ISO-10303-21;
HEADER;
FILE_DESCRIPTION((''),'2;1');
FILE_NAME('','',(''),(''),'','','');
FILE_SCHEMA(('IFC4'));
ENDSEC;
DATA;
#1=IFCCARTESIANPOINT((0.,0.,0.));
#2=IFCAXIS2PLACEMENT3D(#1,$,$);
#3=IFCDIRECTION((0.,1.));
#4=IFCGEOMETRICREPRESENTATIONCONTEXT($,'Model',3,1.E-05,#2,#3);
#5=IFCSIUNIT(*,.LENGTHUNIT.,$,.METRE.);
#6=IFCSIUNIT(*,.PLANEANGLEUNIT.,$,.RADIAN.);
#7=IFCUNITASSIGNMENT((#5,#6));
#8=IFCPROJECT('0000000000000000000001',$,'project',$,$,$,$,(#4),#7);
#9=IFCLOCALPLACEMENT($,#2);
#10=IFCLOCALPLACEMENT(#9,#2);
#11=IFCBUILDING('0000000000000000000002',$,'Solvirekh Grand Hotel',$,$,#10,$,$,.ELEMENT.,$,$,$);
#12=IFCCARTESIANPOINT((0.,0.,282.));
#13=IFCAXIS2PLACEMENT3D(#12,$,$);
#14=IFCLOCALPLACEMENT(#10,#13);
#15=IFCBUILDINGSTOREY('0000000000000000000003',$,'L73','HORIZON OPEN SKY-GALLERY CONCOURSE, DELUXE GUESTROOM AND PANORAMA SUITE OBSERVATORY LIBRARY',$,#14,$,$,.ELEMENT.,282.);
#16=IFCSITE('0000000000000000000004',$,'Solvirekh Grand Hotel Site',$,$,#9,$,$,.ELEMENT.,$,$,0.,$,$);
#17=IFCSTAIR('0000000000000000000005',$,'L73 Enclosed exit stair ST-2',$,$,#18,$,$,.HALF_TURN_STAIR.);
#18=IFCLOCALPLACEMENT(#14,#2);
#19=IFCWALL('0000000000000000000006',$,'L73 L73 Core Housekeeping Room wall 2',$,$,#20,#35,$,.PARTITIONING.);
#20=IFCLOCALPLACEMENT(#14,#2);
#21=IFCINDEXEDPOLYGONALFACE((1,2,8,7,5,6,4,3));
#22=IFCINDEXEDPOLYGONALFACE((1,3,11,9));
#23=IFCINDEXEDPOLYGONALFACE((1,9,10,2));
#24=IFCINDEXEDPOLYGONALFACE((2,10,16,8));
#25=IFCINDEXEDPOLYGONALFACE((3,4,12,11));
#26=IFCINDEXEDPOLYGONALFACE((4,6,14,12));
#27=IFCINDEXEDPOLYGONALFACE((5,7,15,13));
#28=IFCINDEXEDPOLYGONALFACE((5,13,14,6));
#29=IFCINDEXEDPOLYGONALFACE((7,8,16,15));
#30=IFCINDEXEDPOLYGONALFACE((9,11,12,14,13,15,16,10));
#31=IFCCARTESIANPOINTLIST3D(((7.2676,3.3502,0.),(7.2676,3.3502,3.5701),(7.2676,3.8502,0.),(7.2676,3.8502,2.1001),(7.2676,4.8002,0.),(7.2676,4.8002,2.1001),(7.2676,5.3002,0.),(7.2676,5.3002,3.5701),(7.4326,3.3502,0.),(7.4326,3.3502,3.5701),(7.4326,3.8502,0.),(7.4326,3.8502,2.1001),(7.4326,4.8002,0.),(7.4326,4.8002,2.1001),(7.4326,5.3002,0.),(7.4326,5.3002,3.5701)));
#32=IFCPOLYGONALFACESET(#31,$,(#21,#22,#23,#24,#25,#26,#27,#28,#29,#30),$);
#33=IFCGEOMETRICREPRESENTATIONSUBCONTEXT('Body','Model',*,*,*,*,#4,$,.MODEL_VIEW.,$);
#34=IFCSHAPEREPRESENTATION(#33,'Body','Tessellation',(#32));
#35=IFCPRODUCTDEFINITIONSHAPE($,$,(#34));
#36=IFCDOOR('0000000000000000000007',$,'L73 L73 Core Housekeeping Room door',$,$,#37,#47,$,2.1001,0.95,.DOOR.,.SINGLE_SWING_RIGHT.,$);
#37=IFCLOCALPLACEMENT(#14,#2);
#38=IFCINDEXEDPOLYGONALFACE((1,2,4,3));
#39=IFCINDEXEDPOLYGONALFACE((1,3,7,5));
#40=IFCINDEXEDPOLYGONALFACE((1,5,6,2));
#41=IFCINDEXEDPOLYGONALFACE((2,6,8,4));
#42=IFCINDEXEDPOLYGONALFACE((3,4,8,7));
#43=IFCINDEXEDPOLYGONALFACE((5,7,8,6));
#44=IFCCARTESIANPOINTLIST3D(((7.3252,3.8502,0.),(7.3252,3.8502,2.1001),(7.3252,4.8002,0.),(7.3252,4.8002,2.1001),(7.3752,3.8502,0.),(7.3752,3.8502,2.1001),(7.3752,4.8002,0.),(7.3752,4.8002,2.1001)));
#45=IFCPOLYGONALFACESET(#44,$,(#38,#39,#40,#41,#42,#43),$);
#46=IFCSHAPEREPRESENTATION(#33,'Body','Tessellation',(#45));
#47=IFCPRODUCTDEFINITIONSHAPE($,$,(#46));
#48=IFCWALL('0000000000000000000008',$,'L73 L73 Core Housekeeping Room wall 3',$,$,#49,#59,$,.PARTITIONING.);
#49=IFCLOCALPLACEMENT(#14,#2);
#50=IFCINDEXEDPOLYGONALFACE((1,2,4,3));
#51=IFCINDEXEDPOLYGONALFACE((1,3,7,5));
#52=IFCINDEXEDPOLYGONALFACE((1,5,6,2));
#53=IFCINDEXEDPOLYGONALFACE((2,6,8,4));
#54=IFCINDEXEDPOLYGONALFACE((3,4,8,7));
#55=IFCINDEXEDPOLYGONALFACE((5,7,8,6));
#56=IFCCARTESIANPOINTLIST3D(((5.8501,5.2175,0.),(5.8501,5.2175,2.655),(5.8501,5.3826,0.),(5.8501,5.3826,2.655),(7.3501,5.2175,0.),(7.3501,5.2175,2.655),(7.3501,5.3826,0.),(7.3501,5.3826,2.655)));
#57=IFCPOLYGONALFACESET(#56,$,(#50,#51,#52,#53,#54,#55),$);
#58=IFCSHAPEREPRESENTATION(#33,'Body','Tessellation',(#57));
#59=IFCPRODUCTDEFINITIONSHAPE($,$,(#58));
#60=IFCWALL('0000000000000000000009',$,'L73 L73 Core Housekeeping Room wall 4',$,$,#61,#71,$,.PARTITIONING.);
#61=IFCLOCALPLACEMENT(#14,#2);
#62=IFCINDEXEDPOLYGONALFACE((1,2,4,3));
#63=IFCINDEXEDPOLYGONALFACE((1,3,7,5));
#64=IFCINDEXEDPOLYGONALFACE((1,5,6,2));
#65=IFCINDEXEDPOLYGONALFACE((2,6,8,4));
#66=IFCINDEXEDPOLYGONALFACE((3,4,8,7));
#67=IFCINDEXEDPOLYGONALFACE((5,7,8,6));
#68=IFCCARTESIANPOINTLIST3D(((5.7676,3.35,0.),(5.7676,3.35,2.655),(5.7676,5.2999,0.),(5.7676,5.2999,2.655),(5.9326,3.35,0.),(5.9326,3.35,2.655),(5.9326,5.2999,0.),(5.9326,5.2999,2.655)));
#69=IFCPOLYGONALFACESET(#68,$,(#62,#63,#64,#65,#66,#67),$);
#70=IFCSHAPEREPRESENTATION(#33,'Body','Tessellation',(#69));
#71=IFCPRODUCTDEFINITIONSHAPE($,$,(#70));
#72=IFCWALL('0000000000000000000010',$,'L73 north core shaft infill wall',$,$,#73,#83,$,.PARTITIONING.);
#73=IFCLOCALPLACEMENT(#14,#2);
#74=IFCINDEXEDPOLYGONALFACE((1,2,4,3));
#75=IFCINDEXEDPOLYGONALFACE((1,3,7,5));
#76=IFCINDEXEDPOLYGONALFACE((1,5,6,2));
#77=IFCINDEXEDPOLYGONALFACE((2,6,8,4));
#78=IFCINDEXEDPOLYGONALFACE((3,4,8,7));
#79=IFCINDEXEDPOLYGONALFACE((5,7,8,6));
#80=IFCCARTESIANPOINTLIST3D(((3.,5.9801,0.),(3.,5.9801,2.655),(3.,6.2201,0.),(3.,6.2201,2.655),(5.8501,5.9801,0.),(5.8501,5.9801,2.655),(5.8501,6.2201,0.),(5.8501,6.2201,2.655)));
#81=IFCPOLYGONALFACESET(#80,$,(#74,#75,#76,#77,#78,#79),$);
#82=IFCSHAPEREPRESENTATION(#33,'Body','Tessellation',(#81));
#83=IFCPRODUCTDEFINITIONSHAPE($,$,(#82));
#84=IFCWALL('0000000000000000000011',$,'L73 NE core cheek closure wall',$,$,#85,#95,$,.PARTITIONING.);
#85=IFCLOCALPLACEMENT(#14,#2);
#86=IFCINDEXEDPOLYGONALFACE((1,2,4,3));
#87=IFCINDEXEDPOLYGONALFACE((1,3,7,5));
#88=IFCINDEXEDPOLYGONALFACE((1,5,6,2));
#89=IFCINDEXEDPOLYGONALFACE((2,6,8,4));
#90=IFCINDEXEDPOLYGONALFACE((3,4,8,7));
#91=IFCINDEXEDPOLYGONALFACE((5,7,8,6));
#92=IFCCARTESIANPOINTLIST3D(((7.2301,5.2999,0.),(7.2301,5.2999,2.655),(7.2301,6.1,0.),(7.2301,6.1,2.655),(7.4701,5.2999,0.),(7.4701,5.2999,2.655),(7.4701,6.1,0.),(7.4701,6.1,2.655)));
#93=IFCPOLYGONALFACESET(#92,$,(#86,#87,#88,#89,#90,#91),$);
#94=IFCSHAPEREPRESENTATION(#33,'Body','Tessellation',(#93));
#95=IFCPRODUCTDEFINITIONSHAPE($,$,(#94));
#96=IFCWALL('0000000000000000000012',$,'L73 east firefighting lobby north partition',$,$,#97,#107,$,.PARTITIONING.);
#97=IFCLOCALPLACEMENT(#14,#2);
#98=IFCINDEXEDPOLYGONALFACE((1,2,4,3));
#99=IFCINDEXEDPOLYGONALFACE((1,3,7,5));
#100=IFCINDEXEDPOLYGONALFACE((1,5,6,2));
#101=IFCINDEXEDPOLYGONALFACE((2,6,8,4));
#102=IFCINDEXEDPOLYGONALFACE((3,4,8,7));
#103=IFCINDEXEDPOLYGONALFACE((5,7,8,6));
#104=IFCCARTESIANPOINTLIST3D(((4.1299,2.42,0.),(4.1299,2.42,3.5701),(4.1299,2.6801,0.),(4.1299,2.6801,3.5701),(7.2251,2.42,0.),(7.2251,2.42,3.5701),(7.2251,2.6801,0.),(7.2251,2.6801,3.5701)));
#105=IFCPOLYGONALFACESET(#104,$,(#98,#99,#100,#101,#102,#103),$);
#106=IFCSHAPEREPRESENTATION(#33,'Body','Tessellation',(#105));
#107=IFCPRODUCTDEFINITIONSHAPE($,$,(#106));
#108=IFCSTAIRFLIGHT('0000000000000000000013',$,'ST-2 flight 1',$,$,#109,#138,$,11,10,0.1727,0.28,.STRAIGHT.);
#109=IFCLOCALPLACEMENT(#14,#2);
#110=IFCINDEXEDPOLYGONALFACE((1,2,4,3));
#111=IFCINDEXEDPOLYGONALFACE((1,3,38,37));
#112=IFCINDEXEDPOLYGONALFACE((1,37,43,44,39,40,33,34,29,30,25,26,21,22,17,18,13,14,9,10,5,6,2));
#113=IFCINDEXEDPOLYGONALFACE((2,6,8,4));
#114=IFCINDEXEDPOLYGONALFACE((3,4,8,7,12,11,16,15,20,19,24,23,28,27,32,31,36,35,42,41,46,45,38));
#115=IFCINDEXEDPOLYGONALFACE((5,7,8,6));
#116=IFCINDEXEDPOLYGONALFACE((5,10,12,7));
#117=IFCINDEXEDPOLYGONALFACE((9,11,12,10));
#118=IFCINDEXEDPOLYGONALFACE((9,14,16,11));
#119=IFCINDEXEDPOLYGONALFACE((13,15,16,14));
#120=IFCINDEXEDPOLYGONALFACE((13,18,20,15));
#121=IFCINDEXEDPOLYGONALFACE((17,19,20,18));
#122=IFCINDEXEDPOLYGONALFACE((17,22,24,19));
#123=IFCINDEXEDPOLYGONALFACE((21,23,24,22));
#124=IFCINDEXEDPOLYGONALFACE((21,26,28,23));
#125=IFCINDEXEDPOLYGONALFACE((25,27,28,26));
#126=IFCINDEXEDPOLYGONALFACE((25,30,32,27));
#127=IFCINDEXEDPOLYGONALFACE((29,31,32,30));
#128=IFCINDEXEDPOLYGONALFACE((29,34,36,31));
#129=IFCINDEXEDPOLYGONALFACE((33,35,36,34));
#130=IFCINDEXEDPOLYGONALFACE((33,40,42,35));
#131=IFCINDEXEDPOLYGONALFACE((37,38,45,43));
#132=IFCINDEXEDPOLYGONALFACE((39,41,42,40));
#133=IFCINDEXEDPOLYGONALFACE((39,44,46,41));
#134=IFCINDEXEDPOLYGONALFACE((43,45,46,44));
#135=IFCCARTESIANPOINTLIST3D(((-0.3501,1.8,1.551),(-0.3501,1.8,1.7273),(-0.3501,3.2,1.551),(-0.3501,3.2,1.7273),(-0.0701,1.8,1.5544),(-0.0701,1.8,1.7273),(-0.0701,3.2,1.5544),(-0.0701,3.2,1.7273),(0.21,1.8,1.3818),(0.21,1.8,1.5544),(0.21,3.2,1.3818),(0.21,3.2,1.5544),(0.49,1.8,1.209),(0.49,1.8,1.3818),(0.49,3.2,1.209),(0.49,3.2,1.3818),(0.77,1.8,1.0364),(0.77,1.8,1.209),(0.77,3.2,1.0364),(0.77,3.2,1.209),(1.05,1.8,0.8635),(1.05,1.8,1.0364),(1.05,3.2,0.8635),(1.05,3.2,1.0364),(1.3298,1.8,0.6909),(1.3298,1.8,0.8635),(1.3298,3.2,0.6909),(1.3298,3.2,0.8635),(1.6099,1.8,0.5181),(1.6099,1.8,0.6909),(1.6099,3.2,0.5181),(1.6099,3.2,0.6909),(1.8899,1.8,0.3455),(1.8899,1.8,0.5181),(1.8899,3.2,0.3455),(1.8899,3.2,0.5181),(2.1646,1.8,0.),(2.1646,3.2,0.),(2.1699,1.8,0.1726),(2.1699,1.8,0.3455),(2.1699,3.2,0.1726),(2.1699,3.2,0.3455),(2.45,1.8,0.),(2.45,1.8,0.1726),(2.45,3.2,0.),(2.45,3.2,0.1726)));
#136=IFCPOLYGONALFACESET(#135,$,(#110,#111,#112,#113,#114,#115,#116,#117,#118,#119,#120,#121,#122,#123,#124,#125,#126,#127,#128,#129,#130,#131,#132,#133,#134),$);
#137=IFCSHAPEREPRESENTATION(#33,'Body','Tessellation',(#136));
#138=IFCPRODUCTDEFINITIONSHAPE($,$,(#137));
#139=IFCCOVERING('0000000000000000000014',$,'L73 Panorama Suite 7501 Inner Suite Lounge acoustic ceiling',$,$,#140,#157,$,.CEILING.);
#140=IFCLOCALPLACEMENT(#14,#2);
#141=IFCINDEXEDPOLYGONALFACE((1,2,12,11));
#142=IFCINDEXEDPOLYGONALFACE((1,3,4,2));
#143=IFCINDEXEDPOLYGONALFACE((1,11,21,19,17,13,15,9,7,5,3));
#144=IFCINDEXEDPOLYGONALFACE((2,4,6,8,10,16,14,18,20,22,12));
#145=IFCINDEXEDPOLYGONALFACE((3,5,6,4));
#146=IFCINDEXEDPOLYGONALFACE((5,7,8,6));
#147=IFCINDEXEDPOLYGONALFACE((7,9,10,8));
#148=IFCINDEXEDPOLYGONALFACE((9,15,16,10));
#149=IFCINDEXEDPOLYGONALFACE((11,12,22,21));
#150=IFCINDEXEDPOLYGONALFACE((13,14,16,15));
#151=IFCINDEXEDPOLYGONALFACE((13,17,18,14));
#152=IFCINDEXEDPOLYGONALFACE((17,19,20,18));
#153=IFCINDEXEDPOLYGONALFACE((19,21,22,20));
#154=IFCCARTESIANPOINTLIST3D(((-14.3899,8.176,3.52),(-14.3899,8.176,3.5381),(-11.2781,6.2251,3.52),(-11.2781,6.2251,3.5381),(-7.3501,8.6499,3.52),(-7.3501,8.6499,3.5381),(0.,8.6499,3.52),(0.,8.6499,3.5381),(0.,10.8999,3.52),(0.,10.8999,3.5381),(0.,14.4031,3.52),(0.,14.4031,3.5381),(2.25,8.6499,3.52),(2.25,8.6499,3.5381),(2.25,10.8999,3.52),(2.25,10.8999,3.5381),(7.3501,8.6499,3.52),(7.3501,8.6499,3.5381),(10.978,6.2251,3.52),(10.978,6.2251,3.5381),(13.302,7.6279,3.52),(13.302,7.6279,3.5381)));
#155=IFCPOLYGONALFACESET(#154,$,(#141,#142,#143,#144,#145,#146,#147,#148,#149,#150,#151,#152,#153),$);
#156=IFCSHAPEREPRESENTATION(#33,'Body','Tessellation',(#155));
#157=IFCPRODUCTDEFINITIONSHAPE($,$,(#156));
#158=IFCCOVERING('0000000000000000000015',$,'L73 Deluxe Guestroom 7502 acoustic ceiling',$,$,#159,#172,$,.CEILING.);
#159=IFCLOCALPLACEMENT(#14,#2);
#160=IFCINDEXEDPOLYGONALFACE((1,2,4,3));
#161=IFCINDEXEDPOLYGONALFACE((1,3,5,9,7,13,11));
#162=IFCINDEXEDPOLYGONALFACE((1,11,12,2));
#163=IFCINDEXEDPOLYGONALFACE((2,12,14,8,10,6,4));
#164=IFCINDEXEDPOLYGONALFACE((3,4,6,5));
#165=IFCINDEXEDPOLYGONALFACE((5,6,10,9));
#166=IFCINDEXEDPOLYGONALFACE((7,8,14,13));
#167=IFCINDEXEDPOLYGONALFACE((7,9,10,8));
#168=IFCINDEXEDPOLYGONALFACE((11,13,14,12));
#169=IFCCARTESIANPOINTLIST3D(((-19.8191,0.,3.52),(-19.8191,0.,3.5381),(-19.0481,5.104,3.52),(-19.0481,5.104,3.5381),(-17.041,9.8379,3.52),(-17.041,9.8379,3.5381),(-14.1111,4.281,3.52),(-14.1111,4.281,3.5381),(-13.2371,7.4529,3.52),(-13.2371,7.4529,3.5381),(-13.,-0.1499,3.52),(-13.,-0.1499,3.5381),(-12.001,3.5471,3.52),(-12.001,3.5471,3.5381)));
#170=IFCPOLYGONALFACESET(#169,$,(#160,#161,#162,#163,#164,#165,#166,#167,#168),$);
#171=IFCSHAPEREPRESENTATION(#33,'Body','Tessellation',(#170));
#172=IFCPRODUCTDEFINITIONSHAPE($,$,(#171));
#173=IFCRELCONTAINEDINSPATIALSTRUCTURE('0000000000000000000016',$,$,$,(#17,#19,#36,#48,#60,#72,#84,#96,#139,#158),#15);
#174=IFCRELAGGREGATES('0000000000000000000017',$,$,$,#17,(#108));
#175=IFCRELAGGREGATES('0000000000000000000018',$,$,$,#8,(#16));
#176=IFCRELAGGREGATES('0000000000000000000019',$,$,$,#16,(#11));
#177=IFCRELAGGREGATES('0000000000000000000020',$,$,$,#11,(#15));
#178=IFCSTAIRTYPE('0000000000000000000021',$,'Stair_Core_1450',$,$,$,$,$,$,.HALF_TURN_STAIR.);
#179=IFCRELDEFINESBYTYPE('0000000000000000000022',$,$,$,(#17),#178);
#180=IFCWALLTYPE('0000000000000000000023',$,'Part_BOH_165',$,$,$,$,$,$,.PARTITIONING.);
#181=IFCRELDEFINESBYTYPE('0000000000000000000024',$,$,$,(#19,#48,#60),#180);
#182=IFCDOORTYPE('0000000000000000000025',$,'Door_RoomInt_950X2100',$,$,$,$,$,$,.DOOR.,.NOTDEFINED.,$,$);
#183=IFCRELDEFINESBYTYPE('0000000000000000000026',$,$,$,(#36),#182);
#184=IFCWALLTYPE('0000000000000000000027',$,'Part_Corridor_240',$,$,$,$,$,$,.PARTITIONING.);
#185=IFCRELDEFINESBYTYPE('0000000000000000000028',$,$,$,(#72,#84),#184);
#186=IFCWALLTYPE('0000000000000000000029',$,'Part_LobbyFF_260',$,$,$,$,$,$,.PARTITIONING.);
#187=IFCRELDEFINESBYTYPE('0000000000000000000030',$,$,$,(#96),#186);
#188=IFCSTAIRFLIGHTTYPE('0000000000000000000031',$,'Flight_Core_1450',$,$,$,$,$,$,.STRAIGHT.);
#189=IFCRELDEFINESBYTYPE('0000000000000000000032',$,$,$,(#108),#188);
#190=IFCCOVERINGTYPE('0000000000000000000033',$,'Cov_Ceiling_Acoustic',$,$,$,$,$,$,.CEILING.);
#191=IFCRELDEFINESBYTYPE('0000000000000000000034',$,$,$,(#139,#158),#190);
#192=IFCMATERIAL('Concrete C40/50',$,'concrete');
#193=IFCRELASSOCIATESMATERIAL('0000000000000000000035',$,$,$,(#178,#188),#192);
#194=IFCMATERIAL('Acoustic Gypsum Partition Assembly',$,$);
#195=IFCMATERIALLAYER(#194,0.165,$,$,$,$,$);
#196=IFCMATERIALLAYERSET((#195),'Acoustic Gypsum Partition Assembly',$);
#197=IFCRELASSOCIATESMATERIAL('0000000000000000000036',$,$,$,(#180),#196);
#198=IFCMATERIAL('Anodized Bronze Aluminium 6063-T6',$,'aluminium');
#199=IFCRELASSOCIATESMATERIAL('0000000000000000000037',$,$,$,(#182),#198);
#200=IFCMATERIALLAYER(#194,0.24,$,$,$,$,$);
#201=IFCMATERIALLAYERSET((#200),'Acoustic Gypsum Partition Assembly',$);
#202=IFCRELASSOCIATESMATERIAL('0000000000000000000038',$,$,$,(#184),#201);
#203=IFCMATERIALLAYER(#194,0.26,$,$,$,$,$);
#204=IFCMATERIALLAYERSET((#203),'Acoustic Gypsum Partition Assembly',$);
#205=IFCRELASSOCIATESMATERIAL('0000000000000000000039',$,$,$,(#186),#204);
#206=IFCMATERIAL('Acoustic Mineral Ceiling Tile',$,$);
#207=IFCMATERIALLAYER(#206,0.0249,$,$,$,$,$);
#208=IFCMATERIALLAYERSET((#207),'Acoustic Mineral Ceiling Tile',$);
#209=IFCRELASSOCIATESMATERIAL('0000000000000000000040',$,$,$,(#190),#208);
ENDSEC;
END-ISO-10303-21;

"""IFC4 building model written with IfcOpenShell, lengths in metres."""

from ifc_helpers import new_model, si_unit, direction, frame, frame_2d, origin, place, context, subcontext, project, spatial, polyline, rectangle, outline, extrude, material, layer, layer_set, type_object, element, fill, aggregate, save


model = new_model("IFC4")

# Units and contexts
model_context = context("Model", 3, precision=1e-05, world=origin(), true_north=direction((0.0, 1.0)))
body_context = subcontext(model_context, "Body", "Model", "MODEL_VIEW")
ifc_project = project(units=[si_unit("LENGTHUNIT", "METRE"), si_unit("PLANEANGLEUNIT", "RADIAN")], contexts=[model_context])

# Site, building, storey
site_placement = place(None, origin())
site = spatial("IfcSite", under=ifc_project, at=site_placement, Name="Solvirekh Grand Hotel Site", CompositionType="ELEMENT", RefElevation=0.0)
building_placement = place(site_placement, origin())
building = spatial("IfcBuilding", under=site, at=building_placement, Name="Solvirekh Grand Hotel", CompositionType="ELEMENT")
storey_placement = place(building_placement, frame((0.0, 0.0, 282.0)))
storey = spatial("IfcBuildingStorey", under=building, at=storey_placement, Name="L73", Description="HORIZON OPEN SKY-GALLERY CONCOURSE, DELUXE GUESTROOM AND PANORAMA SUITE OBSERVATORY LIBRARY", CompositionType="ELEMENT", Elevation=282.0)

# Stair
ifc_material_1 = material(Name="Concrete C40/50", Category="concrete")
stair_type = type_object("IfcStairType", Name="Stair_Core_1450", PredefinedType="HALF_TURN_STAIR", material=ifc_material_1)
stair_1_placement = place(storey_placement, origin())
stair_1 = element("IfcStair", 1, at=stair_1_placement, inside=storey, type_object=stair_type, Name="L73 Enclosed exit stair ST-2", PredefinedType="HALF_TURN_STAIR")

# Shared definitions
ifc_material_2 = material(Name="Acoustic Gypsum Partition Assembly")
ifc_layer_1 = layer(ifc_material_2, 0.165)
ifc_layer_set_1 = layer_set([ifc_layer_1], Name="Acoustic Gypsum Partition Assembly")
wall_type_1 = type_object("IfcWallType", Name="Part_BOH_165", PredefinedType="PARTITIONING", material=ifc_layer_set_1)

# Wall, opening, door
wall_1_placement = place(storey_placement, frame((7.3501, 3.3501, 0.0), z_axis=(0.0, 0.0, 1.0), x_axis=(0.0, 1.0, 0.0)))
wall_1 = element("IfcWall", 2, at=wall_1_placement, inside=storey, type_object=wall_type_1, Name="L73 L73 Core Housekeeping Room wall 2", PredefinedType="PARTITIONING", context=body_context, shape_type="SweptSolid", body=[
    extrude(rectangle(XDim=1.95, YDim=0.165, at=frame_2d((0.9751, 0.0))), origin(), (0.0, 0.0, 1.0), 3.5701),
])
opening_1_placement = place(wall_1_placement, frame((0.5, 0.0, 0.0)))
opening_1 = element("IfcOpeningElement", 3, at=opening_1_placement, cuts=wall_1, PredefinedType="OPENING", context=body_context, shape_type="SweptSolid", body=[
    extrude(rectangle(XDim=0.95, YDim=2.1001, at=frame_2d((0.4751, 1.05))), frame((0.0, 0.0925, 0.0), z_axis=(0.0, -1.0, 0.0), x_axis=(1.0, 0.0, 0.0)), (0.0, 0.0, 1.0), 0.1851),
])
ifc_material_3 = material(Name="Anodized Bronze Aluminium 6063-T6", Category="aluminium")
door_type_1 = type_object("IfcDoorType", Name="Door_RoomInt_950X2100", OperationType="NOTDEFINED", PredefinedType="DOOR", material=ifc_material_3)
door_1_placement = place(opening_1_placement, origin())
door_1 = element("IfcDoor", 4, at=door_1_placement, inside=storey, type_object=door_type_1, Name="L73 L73 Core Housekeeping Room door", OperationType="SINGLE_SWING_RIGHT", OverallHeight=2.1001, OverallWidth=0.95, PredefinedType="DOOR", context=body_context, shape_type="SweptSolid", body=[
    extrude(rectangle(XDim=0.95, YDim=2.1001, at=frame_2d((0.4751, 1.05))), frame((0.0, 0.0249, 0.0), z_axis=(0.0, -1.0, 0.0), x_axis=(1.0, 0.0, 0.0)), (0.0, 0.0, 1.0), 0.05),
])
fill(opening_1, door_1)

# Walls
wall_2_placement = place(storey_placement, frame((7.3501, 5.3, 0.0), z_axis=(0.0, 0.0, 1.0), x_axis=(-1.0, 0.0, 0.0)))
element("IfcWall", 5, at=wall_2_placement, inside=storey, type_object=wall_type_1, Name="L73 L73 Core Housekeeping Room wall 3", PredefinedType="PARTITIONING", context=body_context, shape_type="SweptSolid", body=[
    extrude(rectangle(XDim=1.5, YDim=0.165, at=frame_2d((0.75, 0.0))), origin(), (0.0, 0.0, 1.0), 2.655),
])
wall_3_placement = place(storey_placement, frame((5.8501, 5.3, 0.0), z_axis=(0.0, 0.0, 1.0), x_axis=(0.0, -1.0, 0.0)))
element("IfcWall", 6, at=wall_3_placement, inside=storey, type_object=wall_type_1, Name="L73 L73 Core Housekeeping Room wall 4", PredefinedType="PARTITIONING", context=body_context, shape_type="SweptSolid", body=[
    extrude(rectangle(XDim=1.95, YDim=0.165, at=frame_2d((0.9751, 0.0))), origin(), (0.0, 0.0, 1.0), 2.655),
])
ifc_layer_2 = layer(ifc_material_2, 0.24)
ifc_layer_set_2 = layer_set([ifc_layer_2], Name="Acoustic Gypsum Partition Assembly")
wall_type_2 = type_object("IfcWallType", Name="Part_Corridor_240", PredefinedType="PARTITIONING", material=ifc_layer_set_2)
wall_4_placement = place(storey_placement, frame((3.0, 6.1001, 0.0), z_axis=(0.0, 0.0, 1.0), x_axis=(1.0, 0.0, 0.0)))
element("IfcWall", 7, at=wall_4_placement, inside=storey, type_object=wall_type_2, Name="L73 north core shaft infill wall", PredefinedType="PARTITIONING", context=body_context, shape_type="SweptSolid", body=[
    extrude(rectangle(XDim=2.8501, YDim=0.24, at=frame_2d((1.425, 0.0))), origin(), (0.0, 0.0, 1.0), 2.655),
])
wall_5_placement = place(storey_placement, frame((7.3501, 5.3, 0.0), z_axis=(0.0, 0.0, 1.0), x_axis=(0.0, 1.0, 0.0)))
element("IfcWall", 8, at=wall_5_placement, inside=storey, type_object=wall_type_2, Name="L73 NE core cheek closure wall", PredefinedType="PARTITIONING", context=body_context, shape_type="SweptSolid", body=[
    extrude(rectangle(XDim=0.8, YDim=0.24, at=frame_2d((0.3999, 0.0))), origin(), (0.0, 0.0, 1.0), 2.655),
])
ifc_layer_3 = layer(ifc_material_2, 0.26)
ifc_layer_set_3 = layer_set([ifc_layer_3], Name="Acoustic Gypsum Partition Assembly")
wall_type_3 = type_object("IfcWallType", Name="Part_LobbyFF_260", PredefinedType="PARTITIONING", material=ifc_layer_set_3)
wall_6_placement = place(storey_placement, frame((4.1299, 2.55, 0.0), z_axis=(0.0, 0.0, 1.0), x_axis=(1.0, 0.0, 0.0)))
element("IfcWall", 9, at=wall_6_placement, inside=storey, type_object=wall_type_3, Name="L73 east firefighting lobby north partition", PredefinedType="PARTITIONING", context=body_context, shape_type="SweptSolid", body=[
    extrude(rectangle(XDim=3.0952, YDim=0.26, at=frame_2d((1.5476, 0.0))), origin(), (0.0, 0.0, 1.0), 3.5701),
])

# Stair flight
stair_flight_type = type_object("IfcStairFlightType", Name="Flight_Core_1450", PredefinedType="STRAIGHT", material=ifc_material_1)
stair_flight_placement = place(storey_placement, frame((2.45, 2.5, 0.0), z_axis=(0.0, 0.0, 1.0), x_axis=(-1.0, 0.0, 0.0)))
stair_flight = element("IfcStairFlight", 10, at=stair_flight_placement, type_object=stair_flight_type, Name="ST-2 flight 1", NumberOfRisers=11, NumberOfTreads=10, PredefinedType="STRAIGHT", RiserHeight=0.1727, TreadLength=0.28, context=body_context, shape_type="SweptSolid", body=[
    extrude(outline(polyline([(0.0, 0.0), (0.0, 0.1726), (0.28, 0.1726), (0.28, 0.3455), (0.5601, 0.3455), (0.5601, 0.5181), (0.8401, 0.5181), (0.8401, 0.6909), (1.1201, 0.6909), (1.1201, 0.8635), (1.3999, 0.8635), (1.3999, 1.0364), (1.6799, 1.0364), (1.6799, 1.209), (1.96, 1.209), (1.96, 1.3818), (2.24, 1.3818), (2.24, 1.5544), (2.52, 1.5544), (2.52, 1.7273), (2.8, 1.7273), (2.8, 1.8999), (2.8, 1.551), (0.2854, 0.0), (0.0, 0.0)])), frame((0.0, 0.7, 0.0), z_axis=(0.0, -1.0, 0.0), x_axis=(1.0, 0.0, 0.0)), (0.0, 0.0, 1.0), 1.3999),
])
aggregate(stair_1, [stair_flight])

# Coverings
ifc_material_4 = material(Name="Acoustic Mineral Ceiling Tile")
ifc_layer_4 = layer(ifc_material_4, 0.0249)
ifc_layer_set_4 = layer_set([ifc_layer_4], Name="Acoustic Mineral Ceiling Tile")
covering_type_1 = type_object("IfcCoveringType", Name="Cov_Ceiling_Acoustic", PredefinedType="CEILING", material=ifc_layer_set_4)
covering_1_placement = place(storey_placement, frame((0.0, 0.0, 3.52)))
element("IfcCovering", 11, at=covering_1_placement, inside=storey, type_object=covering_type_1, Name="L73 Panorama Suite 7501 Inner Suite Lounge acoustic ceiling", PredefinedType="CEILING", context=body_context, shape_type="SweptSolid", body=[
    extrude(outline(polyline([(0.0, 8.6499), (0.0, 10.8999), (2.25, 10.8999), (2.25, 8.6499), (7.3501, 8.6499), (10.978, 6.2251), (13.302, 7.6279), (0.0, 14.4031), (-14.3899, 8.176), (-11.2781, 6.2251), (-7.3501, 8.6499), (0.0, 8.6499)])), origin(), (0.0, 0.0, 1.0), 0.0181),
])
covering_2_placement = place(storey_placement, frame((0.0, 0.0, 3.52)))
element("IfcCovering", 12, at=covering_2_placement, inside=storey, type_object=covering_type_1, Name="L73 Deluxe Guestroom 7502 acoustic ceiling", PredefinedType="CEILING", context=body_context, shape_type="SweptSolid", body=[
    extrude(outline(polyline([(-14.1111, 4.281), (-13.2371, 7.4529), (-17.041, 9.8379), (-19.0481, 5.104), (-19.8191, 0.0), (-13.0, -0.1499), (-12.001, 3.5471), (-14.1111, 4.281)])), origin(), (0.0, 0.0, 1.0), 0.0181),
])

save(model, "model.ifc")
